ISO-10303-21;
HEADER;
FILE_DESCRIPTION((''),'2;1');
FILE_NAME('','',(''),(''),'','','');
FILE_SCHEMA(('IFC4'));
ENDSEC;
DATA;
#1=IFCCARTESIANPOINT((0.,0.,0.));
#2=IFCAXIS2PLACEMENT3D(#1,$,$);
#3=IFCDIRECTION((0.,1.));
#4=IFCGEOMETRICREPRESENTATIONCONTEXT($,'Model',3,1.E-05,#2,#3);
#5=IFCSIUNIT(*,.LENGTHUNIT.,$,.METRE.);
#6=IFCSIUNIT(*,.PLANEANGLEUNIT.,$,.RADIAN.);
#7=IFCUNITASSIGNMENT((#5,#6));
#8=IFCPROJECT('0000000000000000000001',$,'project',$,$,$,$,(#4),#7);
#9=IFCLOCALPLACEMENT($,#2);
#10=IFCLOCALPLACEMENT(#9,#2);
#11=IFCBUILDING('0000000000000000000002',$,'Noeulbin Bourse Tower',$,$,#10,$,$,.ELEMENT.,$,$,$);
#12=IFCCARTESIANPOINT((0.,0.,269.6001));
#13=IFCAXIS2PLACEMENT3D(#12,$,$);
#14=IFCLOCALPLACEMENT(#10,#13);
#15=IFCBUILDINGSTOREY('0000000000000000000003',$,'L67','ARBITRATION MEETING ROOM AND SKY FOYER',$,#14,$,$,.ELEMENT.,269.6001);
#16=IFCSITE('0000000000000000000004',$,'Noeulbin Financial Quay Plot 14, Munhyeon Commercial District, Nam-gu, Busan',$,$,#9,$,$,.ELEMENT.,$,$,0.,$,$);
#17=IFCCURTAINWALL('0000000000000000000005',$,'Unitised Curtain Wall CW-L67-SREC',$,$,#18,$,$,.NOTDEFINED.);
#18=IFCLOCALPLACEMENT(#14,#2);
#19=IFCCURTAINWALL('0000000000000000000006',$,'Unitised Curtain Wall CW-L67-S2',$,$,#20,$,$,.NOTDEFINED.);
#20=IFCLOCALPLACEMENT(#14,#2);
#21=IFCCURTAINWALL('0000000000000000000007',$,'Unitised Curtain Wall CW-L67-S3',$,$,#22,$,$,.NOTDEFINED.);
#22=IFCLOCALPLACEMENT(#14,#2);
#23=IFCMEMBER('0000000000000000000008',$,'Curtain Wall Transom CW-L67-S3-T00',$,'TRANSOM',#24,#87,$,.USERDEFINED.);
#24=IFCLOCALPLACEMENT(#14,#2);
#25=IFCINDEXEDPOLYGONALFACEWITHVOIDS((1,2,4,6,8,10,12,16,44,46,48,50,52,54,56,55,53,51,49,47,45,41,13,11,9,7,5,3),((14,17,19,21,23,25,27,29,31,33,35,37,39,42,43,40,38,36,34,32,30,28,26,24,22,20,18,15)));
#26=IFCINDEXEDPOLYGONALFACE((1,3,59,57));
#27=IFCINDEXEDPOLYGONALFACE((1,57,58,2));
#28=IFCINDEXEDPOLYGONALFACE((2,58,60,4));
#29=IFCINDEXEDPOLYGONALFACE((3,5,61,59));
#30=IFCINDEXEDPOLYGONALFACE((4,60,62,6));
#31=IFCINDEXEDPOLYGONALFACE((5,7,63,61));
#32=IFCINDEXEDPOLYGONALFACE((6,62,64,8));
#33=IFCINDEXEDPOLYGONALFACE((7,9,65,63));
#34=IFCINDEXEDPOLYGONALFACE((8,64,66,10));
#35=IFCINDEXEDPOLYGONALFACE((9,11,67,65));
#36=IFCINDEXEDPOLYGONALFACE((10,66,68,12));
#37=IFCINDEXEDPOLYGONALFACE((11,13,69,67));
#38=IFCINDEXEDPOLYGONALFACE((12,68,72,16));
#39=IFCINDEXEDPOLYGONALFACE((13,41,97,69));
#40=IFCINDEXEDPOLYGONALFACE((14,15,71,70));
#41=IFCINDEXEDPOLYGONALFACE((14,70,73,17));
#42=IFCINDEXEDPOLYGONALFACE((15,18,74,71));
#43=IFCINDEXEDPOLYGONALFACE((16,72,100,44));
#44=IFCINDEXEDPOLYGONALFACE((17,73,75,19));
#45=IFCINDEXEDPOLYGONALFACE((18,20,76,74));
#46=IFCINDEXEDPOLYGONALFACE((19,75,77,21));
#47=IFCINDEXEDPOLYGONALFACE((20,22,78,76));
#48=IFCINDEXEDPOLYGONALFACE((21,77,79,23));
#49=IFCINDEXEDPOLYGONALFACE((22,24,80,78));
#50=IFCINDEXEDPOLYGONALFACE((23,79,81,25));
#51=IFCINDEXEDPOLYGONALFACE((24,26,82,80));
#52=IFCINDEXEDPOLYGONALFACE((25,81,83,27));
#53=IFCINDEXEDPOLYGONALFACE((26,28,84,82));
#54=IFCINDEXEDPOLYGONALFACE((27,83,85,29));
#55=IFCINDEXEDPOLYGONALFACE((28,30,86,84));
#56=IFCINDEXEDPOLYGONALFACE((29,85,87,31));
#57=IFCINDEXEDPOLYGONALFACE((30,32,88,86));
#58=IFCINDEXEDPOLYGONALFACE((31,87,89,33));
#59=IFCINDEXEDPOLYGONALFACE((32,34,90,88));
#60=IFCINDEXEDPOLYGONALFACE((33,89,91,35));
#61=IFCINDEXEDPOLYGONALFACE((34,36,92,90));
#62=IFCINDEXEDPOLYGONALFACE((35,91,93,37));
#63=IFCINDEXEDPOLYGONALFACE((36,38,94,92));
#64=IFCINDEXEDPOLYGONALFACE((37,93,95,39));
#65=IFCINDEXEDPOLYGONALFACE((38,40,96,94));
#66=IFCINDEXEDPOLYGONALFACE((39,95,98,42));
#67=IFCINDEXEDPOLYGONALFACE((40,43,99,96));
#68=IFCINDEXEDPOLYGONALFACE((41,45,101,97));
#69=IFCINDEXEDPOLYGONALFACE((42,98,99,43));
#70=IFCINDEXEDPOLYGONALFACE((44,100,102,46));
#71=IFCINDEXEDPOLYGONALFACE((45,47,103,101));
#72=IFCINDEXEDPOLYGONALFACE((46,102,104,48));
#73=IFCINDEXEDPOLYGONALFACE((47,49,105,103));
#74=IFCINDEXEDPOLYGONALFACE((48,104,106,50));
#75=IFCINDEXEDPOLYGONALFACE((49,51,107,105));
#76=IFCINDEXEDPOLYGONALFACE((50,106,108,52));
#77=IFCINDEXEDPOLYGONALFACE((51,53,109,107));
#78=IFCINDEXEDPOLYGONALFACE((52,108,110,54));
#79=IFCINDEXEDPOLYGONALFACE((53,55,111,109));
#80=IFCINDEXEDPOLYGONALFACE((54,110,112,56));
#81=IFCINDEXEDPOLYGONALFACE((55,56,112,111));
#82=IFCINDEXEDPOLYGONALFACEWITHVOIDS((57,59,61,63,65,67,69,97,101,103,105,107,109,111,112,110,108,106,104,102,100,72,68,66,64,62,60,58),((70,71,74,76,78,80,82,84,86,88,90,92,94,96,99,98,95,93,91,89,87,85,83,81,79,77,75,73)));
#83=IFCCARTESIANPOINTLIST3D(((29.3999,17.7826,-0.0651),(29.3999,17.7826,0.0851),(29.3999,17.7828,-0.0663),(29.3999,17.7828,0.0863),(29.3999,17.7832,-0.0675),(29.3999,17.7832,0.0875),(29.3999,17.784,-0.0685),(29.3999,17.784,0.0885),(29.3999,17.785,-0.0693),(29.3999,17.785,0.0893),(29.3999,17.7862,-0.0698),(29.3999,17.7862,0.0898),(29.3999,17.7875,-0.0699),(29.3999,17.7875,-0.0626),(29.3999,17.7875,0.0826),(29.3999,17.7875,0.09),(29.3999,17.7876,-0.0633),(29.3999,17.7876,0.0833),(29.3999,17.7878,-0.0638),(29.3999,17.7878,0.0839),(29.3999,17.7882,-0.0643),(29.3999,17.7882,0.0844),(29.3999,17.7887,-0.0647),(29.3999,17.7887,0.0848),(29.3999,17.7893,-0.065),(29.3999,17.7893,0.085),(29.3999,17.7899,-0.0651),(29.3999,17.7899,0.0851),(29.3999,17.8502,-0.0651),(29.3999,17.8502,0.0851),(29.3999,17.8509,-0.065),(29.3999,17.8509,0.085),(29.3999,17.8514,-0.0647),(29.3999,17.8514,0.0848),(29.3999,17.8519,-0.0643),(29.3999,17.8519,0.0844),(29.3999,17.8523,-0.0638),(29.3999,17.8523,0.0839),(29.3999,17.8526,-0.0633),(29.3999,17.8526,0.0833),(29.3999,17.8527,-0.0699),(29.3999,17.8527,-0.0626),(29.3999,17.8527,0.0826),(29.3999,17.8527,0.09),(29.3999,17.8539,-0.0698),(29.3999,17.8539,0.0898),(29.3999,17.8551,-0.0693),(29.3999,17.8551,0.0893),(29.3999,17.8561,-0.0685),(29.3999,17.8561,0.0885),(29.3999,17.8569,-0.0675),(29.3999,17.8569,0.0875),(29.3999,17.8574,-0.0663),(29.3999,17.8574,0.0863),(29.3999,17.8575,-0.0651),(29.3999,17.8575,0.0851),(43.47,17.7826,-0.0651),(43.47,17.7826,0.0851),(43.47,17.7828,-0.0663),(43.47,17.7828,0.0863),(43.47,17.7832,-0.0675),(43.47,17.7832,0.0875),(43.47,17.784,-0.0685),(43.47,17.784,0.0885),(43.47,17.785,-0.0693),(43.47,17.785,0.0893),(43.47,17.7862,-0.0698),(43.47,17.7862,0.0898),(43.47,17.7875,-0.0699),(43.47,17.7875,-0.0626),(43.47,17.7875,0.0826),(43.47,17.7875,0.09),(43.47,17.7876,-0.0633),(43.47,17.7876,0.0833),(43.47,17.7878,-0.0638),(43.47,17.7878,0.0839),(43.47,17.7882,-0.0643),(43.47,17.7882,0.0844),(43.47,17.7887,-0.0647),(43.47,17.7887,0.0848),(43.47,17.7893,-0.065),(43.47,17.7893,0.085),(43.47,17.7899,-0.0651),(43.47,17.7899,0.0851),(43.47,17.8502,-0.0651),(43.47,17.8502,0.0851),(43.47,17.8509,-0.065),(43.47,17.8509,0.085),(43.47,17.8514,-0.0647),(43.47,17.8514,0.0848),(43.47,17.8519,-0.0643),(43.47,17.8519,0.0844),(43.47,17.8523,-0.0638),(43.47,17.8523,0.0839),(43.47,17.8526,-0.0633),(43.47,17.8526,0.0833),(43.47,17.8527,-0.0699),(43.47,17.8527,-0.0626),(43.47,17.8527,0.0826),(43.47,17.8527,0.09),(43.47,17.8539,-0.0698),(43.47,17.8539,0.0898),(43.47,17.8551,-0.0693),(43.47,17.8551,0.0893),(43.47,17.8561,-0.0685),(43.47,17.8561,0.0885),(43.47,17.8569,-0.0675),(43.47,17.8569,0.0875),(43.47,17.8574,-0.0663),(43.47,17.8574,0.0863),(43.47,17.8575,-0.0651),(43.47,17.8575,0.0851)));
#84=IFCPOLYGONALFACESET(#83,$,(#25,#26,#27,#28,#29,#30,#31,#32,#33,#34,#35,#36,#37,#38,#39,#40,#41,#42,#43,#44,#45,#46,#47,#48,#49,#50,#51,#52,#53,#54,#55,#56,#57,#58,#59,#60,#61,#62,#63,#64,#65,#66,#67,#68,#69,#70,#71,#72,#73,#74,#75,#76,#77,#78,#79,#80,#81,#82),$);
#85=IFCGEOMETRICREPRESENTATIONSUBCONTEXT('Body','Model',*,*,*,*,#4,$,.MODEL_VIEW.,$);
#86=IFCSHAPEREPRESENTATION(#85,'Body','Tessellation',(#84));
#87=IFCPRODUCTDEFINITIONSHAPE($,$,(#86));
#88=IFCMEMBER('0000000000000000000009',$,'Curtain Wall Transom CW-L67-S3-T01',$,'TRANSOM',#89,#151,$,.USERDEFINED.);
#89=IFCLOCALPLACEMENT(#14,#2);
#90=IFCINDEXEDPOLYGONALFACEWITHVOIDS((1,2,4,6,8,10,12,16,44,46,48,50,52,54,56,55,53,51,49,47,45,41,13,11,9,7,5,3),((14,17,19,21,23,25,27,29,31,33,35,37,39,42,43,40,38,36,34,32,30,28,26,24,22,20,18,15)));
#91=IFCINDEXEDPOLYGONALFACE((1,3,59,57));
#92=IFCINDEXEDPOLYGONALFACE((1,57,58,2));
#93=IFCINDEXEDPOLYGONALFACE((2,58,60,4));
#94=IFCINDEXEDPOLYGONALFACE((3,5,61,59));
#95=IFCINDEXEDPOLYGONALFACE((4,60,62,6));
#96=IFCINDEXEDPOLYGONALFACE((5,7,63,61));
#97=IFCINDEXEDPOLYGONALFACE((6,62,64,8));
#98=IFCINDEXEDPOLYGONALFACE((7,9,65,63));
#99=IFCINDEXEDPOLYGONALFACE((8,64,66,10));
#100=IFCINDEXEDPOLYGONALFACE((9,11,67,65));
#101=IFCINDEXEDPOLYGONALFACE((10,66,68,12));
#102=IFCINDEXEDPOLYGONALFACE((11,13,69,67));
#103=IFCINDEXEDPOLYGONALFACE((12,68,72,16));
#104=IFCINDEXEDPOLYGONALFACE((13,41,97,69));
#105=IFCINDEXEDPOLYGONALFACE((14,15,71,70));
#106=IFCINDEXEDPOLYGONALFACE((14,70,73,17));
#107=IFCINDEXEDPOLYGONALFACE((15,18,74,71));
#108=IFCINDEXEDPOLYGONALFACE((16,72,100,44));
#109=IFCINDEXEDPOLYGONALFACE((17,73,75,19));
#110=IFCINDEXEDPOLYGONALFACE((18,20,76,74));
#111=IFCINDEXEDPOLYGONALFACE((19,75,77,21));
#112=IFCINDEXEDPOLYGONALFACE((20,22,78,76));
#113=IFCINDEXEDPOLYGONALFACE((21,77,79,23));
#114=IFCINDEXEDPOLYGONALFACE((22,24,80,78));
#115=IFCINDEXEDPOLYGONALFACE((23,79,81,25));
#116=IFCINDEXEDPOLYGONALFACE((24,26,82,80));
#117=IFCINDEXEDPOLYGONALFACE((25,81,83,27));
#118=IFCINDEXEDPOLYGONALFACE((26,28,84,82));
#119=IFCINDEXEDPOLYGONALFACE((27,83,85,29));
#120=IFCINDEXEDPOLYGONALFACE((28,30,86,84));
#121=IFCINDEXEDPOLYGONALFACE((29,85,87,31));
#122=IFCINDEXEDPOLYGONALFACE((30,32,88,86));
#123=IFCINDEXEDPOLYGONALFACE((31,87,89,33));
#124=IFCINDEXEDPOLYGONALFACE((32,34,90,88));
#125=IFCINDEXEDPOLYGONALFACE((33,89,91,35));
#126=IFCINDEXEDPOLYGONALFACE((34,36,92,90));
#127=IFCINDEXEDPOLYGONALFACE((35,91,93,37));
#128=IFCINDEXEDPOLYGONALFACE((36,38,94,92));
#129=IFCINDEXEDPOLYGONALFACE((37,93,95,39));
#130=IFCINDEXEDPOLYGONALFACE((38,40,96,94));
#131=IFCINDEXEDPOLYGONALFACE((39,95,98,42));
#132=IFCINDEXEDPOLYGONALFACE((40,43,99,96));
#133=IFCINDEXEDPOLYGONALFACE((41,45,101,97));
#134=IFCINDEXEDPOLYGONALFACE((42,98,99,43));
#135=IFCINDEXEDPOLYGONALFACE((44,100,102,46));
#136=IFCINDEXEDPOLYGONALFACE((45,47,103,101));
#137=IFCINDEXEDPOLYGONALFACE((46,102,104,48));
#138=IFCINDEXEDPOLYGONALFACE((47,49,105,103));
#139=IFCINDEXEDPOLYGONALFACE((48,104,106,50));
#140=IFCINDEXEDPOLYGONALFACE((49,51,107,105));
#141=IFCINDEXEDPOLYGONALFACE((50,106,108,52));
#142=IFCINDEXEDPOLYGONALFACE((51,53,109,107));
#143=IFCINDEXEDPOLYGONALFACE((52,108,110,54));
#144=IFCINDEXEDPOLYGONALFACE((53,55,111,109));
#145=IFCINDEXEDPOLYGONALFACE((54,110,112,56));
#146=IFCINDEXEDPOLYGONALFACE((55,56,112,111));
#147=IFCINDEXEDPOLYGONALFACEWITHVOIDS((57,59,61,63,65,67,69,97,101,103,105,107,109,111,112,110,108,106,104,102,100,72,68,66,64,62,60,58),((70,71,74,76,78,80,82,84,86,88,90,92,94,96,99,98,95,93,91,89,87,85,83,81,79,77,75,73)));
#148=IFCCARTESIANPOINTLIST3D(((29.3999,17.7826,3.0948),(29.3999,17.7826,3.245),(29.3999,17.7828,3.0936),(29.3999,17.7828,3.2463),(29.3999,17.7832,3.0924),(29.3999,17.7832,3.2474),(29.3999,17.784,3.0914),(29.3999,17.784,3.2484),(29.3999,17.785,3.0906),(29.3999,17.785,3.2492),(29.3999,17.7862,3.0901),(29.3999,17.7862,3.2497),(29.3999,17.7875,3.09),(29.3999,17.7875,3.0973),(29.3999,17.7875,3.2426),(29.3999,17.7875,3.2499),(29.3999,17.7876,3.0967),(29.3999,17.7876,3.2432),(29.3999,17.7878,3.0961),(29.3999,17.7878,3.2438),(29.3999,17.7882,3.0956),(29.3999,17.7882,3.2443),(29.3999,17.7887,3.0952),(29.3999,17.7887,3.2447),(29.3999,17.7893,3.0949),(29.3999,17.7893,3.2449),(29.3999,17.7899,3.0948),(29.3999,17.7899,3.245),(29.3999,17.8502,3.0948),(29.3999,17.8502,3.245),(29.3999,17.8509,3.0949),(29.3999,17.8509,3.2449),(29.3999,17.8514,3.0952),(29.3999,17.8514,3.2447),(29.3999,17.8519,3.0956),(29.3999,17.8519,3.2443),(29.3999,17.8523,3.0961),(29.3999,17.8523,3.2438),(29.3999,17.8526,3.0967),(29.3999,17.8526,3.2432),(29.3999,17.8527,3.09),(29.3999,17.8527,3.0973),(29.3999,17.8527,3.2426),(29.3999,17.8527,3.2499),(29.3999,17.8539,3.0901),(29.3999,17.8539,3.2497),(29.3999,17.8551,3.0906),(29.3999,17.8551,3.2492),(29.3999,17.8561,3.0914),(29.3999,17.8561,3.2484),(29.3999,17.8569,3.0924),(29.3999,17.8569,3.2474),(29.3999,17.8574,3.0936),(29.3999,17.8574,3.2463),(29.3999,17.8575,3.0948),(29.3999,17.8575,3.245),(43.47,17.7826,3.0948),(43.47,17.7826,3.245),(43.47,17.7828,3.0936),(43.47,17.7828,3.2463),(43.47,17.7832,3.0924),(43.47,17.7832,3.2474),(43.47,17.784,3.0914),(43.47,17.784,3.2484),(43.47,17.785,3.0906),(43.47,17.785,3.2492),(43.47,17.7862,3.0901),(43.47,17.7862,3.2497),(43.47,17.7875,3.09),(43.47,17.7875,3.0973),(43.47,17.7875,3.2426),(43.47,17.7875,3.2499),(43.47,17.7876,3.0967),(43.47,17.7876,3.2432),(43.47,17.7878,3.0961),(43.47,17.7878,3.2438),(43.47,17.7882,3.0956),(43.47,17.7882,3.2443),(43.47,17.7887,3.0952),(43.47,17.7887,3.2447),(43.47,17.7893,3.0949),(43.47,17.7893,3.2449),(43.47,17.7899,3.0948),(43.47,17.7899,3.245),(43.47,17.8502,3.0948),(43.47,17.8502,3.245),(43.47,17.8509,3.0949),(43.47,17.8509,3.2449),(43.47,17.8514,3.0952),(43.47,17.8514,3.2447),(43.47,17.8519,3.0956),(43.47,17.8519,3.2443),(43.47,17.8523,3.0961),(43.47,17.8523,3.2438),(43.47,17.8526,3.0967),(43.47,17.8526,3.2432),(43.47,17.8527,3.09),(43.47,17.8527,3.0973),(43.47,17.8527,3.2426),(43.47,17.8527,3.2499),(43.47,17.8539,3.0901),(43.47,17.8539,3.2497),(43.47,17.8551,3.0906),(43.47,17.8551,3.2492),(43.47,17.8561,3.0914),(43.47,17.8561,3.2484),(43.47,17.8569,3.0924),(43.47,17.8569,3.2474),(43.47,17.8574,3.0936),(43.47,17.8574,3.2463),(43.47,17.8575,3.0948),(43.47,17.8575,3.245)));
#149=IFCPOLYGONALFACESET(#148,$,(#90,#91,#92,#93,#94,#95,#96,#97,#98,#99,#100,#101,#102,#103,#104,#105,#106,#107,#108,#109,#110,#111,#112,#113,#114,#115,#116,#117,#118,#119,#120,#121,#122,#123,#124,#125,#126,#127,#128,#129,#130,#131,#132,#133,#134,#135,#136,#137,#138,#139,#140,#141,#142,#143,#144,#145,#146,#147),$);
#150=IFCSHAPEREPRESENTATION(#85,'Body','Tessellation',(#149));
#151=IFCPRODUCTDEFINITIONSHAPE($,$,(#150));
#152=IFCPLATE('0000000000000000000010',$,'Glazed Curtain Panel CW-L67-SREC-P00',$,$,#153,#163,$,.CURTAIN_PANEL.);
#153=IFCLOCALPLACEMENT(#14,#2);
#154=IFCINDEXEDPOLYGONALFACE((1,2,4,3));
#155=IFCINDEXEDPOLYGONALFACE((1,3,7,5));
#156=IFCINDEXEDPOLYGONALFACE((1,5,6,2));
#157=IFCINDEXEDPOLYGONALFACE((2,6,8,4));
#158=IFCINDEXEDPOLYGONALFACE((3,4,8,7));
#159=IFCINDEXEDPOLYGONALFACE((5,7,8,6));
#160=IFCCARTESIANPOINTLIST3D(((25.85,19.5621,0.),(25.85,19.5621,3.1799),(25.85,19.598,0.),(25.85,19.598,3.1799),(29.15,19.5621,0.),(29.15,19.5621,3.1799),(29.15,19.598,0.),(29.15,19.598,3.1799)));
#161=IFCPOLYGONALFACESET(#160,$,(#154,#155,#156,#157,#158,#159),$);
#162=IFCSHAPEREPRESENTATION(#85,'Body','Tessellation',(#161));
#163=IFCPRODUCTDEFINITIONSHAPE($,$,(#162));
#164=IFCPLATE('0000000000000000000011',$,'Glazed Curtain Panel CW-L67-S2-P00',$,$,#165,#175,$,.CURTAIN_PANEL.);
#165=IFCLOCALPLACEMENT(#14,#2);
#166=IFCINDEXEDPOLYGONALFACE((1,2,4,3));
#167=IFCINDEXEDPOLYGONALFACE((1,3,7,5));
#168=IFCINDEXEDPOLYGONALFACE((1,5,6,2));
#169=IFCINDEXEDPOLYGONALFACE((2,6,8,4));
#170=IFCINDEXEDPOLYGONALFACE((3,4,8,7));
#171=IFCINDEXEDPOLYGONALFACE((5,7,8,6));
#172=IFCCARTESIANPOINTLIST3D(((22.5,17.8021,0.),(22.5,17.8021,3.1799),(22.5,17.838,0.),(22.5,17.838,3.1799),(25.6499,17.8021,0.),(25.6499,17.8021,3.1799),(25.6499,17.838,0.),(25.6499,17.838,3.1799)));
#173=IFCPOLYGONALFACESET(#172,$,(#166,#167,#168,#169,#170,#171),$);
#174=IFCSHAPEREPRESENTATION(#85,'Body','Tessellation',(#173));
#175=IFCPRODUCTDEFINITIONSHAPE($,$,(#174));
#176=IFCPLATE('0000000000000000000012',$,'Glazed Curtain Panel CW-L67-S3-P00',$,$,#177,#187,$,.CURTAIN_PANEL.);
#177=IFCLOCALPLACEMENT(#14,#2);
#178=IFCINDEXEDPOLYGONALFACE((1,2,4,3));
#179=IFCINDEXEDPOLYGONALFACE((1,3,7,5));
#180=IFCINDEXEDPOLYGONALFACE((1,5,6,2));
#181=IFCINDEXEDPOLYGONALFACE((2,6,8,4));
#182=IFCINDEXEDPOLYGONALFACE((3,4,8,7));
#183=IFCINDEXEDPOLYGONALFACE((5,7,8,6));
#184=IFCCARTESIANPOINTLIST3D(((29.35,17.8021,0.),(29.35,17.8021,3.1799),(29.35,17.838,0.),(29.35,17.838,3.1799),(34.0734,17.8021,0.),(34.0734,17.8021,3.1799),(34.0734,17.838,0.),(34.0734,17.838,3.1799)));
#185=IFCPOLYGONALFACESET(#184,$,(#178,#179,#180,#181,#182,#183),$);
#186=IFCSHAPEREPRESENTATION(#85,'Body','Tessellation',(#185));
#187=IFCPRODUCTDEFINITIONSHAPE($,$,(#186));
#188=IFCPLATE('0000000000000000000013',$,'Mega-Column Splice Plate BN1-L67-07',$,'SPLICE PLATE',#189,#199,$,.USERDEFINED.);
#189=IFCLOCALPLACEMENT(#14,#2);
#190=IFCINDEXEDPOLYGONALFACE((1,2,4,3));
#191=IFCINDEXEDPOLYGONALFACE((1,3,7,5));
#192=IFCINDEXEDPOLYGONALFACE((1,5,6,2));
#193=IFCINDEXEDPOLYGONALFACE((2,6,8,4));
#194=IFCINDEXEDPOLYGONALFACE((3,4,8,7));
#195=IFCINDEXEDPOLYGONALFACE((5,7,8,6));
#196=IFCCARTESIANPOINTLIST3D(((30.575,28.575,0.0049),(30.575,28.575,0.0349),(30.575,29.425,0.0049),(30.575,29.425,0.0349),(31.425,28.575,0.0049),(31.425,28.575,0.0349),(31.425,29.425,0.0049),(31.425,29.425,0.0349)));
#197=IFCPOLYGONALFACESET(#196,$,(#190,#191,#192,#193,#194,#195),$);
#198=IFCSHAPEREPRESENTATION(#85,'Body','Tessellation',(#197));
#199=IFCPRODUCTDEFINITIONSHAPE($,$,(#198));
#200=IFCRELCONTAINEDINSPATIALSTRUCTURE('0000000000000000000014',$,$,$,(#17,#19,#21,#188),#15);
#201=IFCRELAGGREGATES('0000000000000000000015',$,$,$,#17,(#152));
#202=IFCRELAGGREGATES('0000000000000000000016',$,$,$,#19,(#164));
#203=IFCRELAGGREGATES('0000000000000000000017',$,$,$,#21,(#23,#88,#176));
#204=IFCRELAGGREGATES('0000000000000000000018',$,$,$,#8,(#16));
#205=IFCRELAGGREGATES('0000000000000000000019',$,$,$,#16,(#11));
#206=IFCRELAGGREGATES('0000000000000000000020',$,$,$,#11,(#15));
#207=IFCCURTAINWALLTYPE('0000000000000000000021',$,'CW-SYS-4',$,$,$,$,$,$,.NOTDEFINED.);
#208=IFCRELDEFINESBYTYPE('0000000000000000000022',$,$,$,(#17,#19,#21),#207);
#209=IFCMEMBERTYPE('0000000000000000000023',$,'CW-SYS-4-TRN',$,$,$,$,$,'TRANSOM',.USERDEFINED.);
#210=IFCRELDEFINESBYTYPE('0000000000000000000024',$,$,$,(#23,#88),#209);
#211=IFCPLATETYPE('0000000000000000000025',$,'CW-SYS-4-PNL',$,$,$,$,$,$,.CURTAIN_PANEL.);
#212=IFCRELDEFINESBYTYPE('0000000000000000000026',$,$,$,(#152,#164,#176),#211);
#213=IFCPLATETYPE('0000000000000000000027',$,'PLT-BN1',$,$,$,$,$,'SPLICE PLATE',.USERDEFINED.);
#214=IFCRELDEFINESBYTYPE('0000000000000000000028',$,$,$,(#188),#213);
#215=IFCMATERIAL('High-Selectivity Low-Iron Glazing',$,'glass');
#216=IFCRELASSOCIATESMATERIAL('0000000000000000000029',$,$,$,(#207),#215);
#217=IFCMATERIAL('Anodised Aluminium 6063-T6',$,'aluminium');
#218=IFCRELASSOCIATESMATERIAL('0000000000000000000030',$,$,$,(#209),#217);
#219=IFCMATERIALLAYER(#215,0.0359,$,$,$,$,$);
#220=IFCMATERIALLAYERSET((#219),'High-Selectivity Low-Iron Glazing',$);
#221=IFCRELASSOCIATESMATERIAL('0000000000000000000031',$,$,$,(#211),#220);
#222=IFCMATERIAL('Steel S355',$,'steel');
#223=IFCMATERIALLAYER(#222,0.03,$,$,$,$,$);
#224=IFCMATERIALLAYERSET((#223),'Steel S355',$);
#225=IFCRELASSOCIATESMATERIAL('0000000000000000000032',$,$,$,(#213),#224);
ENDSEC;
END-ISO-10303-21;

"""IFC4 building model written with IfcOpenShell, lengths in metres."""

from ifc_helpers import new_model, si_unit, direction, frame, origin, origin_2d, place, context, subcontext, project, spatial, rectangle, hollow_rectangle, extrude, material, layer, layer_set, material_profile, profile_set, type_object, element, aggregate, save


model = new_model("IFC4")

# Units and contexts
model_context = context("Model", 3, precision=1e-05, world=origin(), true_north=direction((0.0, 1.0)))
body_context = subcontext(model_context, "Body", "Model", "MODEL_VIEW")
ifc_project = project(units=[si_unit("LENGTHUNIT", "METRE"), si_unit("PLANEANGLEUNIT", "RADIAN")], contexts=[model_context])

# Site, building, storey
site_placement = place(None, origin())
site = spatial("IfcSite", under=ifc_project, at=site_placement, Name="Noeulbin Financial Quay Plot 14, Munhyeon Commercial District, Nam-gu, Busan", CompositionType="ELEMENT", RefElevation=0.0)
building_placement = place(site_placement, origin())
building = spatial("IfcBuilding", under=site, at=building_placement, Name="Noeulbin Bourse Tower", CompositionType="ELEMENT")
storey_placement = place(building_placement, frame((0.0, 0.0, 269.6001)))
storey = spatial("IfcBuildingStorey", under=building, at=storey_placement, Name="L67", Description="ARBITRATION MEETING ROOM AND SKY FOYER", CompositionType="ELEMENT", Elevation=269.6001)

# Shared definitions
ifc_material_1 = material(Name="Steel S355", Category="steel")

# Curtain wall
ifc_material_2 = material(Name="High-Selectivity Low-Iron Glazing", Category="glass")
curtain_wall_type = type_object("IfcCurtainWallType", Name="CW-SYS-4", PredefinedType="NOTDEFINED", material=ifc_material_2)
curtain_wall_1_placement = place(storey_placement, origin())
curtain_wall_1 = element("IfcCurtainWall", 1, at=curtain_wall_1_placement, inside=storey, type_object=curtain_wall_type, Name="Unitised Curtain Wall CW-L67-SREC", PredefinedType="NOTDEFINED")
ifc_material_3 = material(Name="Anodised Aluminium 6063-T6", Category="aluminium")

# Curtain wall
curtain_wall_2_placement = place(storey_placement, origin())
curtain_wall_2 = element("IfcCurtainWall", 2, at=curtain_wall_2_placement, inside=storey, type_object=curtain_wall_type, Name="Unitised Curtain Wall CW-L67-S2", PredefinedType="NOTDEFINED")

# Curtain wall
curtain_wall_3_placement = place(storey_placement, origin())
curtain_wall_3 = element("IfcCurtainWall", 3, at=curtain_wall_3_placement, inside=storey, type_object=curtain_wall_type, Name="Unitised Curtain Wall CW-L67-S3", PredefinedType="NOTDEFINED")

# Members
ifc_material_profile_1 = material_profile(ifc_material_3, hollow_rectangle(XDim=0.075, YDim=0.1599, WallThickness=0.0049, InnerFilletRadius=0.0024, OuterFilletRadius=0.0049, at=origin_2d()), Name="ALU-TRAN-75x160x5", Category="LoadBearing")
ifc_profile_set_1 = profile_set([ifc_material_profile_1], Name="Anodised Aluminium 6063-T6")
member_type_1 = type_object("IfcMemberType", Name="CW-SYS-4-TRN", ElementType="TRANSOM", PredefinedType="USERDEFINED", material=ifc_profile_set_1)
member_1_placement = place(storey_placement, frame((29.3999, 17.8201, 0.01), z_axis=(1.0, 0.0, 0.0), x_axis=(0.0, 1.0, 0.0)))
member_1 = element("IfcMember", 4, at=member_1_placement, type_object=member_type_1, Name="Curtain Wall Transom CW-L67-S3-T00", ObjectType="TRANSOM", PredefinedType="USERDEFINED", context=body_context, shape_type="SweptSolid", body=[
    extrude(hollow_rectangle(XDim=0.075, YDim=0.1599, WallThickness=0.0049, InnerFilletRadius=0.0024, OuterFilletRadius=0.0049, at=origin_2d()), origin(), (0.0, 0.0, 1.0), 14.0701),
])
member_2_placement = place(storey_placement, frame((29.3999, 17.8201, 3.1699), z_axis=(1.0, 0.0, 0.0), x_axis=(0.0, 1.0, 0.0)))
member_2 = element("IfcMember", 5, at=member_2_placement, type_object=member_type_1, Name="Curtain Wall Transom CW-L67-S3-T01", ObjectType="TRANSOM", PredefinedType="USERDEFINED", context=body_context, shape_type="SweptSolid", body=[
    extrude(hollow_rectangle(XDim=0.075, YDim=0.1599, WallThickness=0.0049, InnerFilletRadius=0.0024, OuterFilletRadius=0.0049, at=origin_2d()), origin(), (0.0, 0.0, 1.0), 14.0701),
])

# Plates
ifc_layer_1 = layer(ifc_material_2, 0.0359)
ifc_layer_set_1 = layer_set([ifc_layer_1], Name="High-Selectivity Low-Iron Glazing")
plate_type_1 = type_object("IfcPlateType", Name="CW-SYS-4-PNL", PredefinedType="CURTAIN_PANEL", material=ifc_layer_set_1)
plate_1_placement = place(storey_placement, frame((27.5, 19.5801, 0.0), z_axis=(0.0, 0.0, 1.0), x_axis=(1.0, 0.0, 0.0)))
plate_1 = element("IfcPlate", 6, at=plate_1_placement, type_object=plate_type_1, Name="Glazed Curtain Panel CW-L67-SREC-P00", PredefinedType="CURTAIN_PANEL", context=body_context, shape_type="SweptSolid", body=[
    extrude(rectangle(XDim=3.3, YDim=0.0359, at=origin_2d()), origin(), (0.0, 0.0, 1.0), 3.1799),
])
aggregate(curtain_wall_1, [plate_1])
plate_2_placement = place(storey_placement, frame((24.075, 17.8201, 0.0), z_axis=(0.0, 0.0, 1.0), x_axis=(1.0, 0.0, 0.0)))
plate_2 = element("IfcPlate", 7, at=plate_2_placement, type_object=plate_type_1, Name="Glazed Curtain Panel CW-L67-S2-P00", PredefinedType="CURTAIN_PANEL", context=body_context, shape_type="SweptSolid", body=[
    extrude(rectangle(XDim=3.1499, YDim=0.0359, at=origin_2d()), origin(), (0.0, 0.0, 1.0), 3.1799),
])
aggregate(curtain_wall_2, [plate_2])
plate_3_placement = place(storey_placement, frame((31.7117, 17.8201, 0.0), z_axis=(0.0, 0.0, 1.0), x_axis=(1.0, 0.0, 0.0)))
plate_3 = element("IfcPlate", 8, at=plate_3_placement, type_object=plate_type_1, Name="Glazed Curtain Panel CW-L67-S3-P00", PredefinedType="CURTAIN_PANEL", context=body_context, shape_type="SweptSolid", body=[
    extrude(rectangle(XDim=4.7234, YDim=0.0359, at=origin_2d()), origin(), (0.0, 0.0, 1.0), 3.1799),
])
aggregate(curtain_wall_3, [member_1, member_2, plate_3])

# Plate
ifc_layer_2 = layer(ifc_material_1, 0.03)
ifc_layer_set_2 = layer_set([ifc_layer_2], Name="Steel S355")
plate_type_2 = type_object("IfcPlateType", Name="PLT-BN1", ElementType="SPLICE PLATE", PredefinedType="USERDEFINED", material=ifc_layer_set_2)
for number, where, z_axis, x_axis, name in (
    (9, (31.0, 29.0, 0.0049), (0.0, 0.0, 1.0), (1.0, 0.0, 0.0), "Mega-Column Splice Plate BN1-L67-07"),
):
    element("IfcPlate", number, at=place(storey_placement, frame(where, z_axis=z_axis, x_axis=x_axis)), inside=storey, type_object=plate_type_2, Name=name, ObjectType="SPLICE PLATE", PredefinedType="USERDEFINED", context=body_context, shape_type="SweptSolid", body=[
        extrude(rectangle(XDim=0.8501, YDim=0.8501, at=origin_2d()), origin(), (0.0, 0.0, 1.0), 0.03),
    ])

save(model, "model.ifc")
